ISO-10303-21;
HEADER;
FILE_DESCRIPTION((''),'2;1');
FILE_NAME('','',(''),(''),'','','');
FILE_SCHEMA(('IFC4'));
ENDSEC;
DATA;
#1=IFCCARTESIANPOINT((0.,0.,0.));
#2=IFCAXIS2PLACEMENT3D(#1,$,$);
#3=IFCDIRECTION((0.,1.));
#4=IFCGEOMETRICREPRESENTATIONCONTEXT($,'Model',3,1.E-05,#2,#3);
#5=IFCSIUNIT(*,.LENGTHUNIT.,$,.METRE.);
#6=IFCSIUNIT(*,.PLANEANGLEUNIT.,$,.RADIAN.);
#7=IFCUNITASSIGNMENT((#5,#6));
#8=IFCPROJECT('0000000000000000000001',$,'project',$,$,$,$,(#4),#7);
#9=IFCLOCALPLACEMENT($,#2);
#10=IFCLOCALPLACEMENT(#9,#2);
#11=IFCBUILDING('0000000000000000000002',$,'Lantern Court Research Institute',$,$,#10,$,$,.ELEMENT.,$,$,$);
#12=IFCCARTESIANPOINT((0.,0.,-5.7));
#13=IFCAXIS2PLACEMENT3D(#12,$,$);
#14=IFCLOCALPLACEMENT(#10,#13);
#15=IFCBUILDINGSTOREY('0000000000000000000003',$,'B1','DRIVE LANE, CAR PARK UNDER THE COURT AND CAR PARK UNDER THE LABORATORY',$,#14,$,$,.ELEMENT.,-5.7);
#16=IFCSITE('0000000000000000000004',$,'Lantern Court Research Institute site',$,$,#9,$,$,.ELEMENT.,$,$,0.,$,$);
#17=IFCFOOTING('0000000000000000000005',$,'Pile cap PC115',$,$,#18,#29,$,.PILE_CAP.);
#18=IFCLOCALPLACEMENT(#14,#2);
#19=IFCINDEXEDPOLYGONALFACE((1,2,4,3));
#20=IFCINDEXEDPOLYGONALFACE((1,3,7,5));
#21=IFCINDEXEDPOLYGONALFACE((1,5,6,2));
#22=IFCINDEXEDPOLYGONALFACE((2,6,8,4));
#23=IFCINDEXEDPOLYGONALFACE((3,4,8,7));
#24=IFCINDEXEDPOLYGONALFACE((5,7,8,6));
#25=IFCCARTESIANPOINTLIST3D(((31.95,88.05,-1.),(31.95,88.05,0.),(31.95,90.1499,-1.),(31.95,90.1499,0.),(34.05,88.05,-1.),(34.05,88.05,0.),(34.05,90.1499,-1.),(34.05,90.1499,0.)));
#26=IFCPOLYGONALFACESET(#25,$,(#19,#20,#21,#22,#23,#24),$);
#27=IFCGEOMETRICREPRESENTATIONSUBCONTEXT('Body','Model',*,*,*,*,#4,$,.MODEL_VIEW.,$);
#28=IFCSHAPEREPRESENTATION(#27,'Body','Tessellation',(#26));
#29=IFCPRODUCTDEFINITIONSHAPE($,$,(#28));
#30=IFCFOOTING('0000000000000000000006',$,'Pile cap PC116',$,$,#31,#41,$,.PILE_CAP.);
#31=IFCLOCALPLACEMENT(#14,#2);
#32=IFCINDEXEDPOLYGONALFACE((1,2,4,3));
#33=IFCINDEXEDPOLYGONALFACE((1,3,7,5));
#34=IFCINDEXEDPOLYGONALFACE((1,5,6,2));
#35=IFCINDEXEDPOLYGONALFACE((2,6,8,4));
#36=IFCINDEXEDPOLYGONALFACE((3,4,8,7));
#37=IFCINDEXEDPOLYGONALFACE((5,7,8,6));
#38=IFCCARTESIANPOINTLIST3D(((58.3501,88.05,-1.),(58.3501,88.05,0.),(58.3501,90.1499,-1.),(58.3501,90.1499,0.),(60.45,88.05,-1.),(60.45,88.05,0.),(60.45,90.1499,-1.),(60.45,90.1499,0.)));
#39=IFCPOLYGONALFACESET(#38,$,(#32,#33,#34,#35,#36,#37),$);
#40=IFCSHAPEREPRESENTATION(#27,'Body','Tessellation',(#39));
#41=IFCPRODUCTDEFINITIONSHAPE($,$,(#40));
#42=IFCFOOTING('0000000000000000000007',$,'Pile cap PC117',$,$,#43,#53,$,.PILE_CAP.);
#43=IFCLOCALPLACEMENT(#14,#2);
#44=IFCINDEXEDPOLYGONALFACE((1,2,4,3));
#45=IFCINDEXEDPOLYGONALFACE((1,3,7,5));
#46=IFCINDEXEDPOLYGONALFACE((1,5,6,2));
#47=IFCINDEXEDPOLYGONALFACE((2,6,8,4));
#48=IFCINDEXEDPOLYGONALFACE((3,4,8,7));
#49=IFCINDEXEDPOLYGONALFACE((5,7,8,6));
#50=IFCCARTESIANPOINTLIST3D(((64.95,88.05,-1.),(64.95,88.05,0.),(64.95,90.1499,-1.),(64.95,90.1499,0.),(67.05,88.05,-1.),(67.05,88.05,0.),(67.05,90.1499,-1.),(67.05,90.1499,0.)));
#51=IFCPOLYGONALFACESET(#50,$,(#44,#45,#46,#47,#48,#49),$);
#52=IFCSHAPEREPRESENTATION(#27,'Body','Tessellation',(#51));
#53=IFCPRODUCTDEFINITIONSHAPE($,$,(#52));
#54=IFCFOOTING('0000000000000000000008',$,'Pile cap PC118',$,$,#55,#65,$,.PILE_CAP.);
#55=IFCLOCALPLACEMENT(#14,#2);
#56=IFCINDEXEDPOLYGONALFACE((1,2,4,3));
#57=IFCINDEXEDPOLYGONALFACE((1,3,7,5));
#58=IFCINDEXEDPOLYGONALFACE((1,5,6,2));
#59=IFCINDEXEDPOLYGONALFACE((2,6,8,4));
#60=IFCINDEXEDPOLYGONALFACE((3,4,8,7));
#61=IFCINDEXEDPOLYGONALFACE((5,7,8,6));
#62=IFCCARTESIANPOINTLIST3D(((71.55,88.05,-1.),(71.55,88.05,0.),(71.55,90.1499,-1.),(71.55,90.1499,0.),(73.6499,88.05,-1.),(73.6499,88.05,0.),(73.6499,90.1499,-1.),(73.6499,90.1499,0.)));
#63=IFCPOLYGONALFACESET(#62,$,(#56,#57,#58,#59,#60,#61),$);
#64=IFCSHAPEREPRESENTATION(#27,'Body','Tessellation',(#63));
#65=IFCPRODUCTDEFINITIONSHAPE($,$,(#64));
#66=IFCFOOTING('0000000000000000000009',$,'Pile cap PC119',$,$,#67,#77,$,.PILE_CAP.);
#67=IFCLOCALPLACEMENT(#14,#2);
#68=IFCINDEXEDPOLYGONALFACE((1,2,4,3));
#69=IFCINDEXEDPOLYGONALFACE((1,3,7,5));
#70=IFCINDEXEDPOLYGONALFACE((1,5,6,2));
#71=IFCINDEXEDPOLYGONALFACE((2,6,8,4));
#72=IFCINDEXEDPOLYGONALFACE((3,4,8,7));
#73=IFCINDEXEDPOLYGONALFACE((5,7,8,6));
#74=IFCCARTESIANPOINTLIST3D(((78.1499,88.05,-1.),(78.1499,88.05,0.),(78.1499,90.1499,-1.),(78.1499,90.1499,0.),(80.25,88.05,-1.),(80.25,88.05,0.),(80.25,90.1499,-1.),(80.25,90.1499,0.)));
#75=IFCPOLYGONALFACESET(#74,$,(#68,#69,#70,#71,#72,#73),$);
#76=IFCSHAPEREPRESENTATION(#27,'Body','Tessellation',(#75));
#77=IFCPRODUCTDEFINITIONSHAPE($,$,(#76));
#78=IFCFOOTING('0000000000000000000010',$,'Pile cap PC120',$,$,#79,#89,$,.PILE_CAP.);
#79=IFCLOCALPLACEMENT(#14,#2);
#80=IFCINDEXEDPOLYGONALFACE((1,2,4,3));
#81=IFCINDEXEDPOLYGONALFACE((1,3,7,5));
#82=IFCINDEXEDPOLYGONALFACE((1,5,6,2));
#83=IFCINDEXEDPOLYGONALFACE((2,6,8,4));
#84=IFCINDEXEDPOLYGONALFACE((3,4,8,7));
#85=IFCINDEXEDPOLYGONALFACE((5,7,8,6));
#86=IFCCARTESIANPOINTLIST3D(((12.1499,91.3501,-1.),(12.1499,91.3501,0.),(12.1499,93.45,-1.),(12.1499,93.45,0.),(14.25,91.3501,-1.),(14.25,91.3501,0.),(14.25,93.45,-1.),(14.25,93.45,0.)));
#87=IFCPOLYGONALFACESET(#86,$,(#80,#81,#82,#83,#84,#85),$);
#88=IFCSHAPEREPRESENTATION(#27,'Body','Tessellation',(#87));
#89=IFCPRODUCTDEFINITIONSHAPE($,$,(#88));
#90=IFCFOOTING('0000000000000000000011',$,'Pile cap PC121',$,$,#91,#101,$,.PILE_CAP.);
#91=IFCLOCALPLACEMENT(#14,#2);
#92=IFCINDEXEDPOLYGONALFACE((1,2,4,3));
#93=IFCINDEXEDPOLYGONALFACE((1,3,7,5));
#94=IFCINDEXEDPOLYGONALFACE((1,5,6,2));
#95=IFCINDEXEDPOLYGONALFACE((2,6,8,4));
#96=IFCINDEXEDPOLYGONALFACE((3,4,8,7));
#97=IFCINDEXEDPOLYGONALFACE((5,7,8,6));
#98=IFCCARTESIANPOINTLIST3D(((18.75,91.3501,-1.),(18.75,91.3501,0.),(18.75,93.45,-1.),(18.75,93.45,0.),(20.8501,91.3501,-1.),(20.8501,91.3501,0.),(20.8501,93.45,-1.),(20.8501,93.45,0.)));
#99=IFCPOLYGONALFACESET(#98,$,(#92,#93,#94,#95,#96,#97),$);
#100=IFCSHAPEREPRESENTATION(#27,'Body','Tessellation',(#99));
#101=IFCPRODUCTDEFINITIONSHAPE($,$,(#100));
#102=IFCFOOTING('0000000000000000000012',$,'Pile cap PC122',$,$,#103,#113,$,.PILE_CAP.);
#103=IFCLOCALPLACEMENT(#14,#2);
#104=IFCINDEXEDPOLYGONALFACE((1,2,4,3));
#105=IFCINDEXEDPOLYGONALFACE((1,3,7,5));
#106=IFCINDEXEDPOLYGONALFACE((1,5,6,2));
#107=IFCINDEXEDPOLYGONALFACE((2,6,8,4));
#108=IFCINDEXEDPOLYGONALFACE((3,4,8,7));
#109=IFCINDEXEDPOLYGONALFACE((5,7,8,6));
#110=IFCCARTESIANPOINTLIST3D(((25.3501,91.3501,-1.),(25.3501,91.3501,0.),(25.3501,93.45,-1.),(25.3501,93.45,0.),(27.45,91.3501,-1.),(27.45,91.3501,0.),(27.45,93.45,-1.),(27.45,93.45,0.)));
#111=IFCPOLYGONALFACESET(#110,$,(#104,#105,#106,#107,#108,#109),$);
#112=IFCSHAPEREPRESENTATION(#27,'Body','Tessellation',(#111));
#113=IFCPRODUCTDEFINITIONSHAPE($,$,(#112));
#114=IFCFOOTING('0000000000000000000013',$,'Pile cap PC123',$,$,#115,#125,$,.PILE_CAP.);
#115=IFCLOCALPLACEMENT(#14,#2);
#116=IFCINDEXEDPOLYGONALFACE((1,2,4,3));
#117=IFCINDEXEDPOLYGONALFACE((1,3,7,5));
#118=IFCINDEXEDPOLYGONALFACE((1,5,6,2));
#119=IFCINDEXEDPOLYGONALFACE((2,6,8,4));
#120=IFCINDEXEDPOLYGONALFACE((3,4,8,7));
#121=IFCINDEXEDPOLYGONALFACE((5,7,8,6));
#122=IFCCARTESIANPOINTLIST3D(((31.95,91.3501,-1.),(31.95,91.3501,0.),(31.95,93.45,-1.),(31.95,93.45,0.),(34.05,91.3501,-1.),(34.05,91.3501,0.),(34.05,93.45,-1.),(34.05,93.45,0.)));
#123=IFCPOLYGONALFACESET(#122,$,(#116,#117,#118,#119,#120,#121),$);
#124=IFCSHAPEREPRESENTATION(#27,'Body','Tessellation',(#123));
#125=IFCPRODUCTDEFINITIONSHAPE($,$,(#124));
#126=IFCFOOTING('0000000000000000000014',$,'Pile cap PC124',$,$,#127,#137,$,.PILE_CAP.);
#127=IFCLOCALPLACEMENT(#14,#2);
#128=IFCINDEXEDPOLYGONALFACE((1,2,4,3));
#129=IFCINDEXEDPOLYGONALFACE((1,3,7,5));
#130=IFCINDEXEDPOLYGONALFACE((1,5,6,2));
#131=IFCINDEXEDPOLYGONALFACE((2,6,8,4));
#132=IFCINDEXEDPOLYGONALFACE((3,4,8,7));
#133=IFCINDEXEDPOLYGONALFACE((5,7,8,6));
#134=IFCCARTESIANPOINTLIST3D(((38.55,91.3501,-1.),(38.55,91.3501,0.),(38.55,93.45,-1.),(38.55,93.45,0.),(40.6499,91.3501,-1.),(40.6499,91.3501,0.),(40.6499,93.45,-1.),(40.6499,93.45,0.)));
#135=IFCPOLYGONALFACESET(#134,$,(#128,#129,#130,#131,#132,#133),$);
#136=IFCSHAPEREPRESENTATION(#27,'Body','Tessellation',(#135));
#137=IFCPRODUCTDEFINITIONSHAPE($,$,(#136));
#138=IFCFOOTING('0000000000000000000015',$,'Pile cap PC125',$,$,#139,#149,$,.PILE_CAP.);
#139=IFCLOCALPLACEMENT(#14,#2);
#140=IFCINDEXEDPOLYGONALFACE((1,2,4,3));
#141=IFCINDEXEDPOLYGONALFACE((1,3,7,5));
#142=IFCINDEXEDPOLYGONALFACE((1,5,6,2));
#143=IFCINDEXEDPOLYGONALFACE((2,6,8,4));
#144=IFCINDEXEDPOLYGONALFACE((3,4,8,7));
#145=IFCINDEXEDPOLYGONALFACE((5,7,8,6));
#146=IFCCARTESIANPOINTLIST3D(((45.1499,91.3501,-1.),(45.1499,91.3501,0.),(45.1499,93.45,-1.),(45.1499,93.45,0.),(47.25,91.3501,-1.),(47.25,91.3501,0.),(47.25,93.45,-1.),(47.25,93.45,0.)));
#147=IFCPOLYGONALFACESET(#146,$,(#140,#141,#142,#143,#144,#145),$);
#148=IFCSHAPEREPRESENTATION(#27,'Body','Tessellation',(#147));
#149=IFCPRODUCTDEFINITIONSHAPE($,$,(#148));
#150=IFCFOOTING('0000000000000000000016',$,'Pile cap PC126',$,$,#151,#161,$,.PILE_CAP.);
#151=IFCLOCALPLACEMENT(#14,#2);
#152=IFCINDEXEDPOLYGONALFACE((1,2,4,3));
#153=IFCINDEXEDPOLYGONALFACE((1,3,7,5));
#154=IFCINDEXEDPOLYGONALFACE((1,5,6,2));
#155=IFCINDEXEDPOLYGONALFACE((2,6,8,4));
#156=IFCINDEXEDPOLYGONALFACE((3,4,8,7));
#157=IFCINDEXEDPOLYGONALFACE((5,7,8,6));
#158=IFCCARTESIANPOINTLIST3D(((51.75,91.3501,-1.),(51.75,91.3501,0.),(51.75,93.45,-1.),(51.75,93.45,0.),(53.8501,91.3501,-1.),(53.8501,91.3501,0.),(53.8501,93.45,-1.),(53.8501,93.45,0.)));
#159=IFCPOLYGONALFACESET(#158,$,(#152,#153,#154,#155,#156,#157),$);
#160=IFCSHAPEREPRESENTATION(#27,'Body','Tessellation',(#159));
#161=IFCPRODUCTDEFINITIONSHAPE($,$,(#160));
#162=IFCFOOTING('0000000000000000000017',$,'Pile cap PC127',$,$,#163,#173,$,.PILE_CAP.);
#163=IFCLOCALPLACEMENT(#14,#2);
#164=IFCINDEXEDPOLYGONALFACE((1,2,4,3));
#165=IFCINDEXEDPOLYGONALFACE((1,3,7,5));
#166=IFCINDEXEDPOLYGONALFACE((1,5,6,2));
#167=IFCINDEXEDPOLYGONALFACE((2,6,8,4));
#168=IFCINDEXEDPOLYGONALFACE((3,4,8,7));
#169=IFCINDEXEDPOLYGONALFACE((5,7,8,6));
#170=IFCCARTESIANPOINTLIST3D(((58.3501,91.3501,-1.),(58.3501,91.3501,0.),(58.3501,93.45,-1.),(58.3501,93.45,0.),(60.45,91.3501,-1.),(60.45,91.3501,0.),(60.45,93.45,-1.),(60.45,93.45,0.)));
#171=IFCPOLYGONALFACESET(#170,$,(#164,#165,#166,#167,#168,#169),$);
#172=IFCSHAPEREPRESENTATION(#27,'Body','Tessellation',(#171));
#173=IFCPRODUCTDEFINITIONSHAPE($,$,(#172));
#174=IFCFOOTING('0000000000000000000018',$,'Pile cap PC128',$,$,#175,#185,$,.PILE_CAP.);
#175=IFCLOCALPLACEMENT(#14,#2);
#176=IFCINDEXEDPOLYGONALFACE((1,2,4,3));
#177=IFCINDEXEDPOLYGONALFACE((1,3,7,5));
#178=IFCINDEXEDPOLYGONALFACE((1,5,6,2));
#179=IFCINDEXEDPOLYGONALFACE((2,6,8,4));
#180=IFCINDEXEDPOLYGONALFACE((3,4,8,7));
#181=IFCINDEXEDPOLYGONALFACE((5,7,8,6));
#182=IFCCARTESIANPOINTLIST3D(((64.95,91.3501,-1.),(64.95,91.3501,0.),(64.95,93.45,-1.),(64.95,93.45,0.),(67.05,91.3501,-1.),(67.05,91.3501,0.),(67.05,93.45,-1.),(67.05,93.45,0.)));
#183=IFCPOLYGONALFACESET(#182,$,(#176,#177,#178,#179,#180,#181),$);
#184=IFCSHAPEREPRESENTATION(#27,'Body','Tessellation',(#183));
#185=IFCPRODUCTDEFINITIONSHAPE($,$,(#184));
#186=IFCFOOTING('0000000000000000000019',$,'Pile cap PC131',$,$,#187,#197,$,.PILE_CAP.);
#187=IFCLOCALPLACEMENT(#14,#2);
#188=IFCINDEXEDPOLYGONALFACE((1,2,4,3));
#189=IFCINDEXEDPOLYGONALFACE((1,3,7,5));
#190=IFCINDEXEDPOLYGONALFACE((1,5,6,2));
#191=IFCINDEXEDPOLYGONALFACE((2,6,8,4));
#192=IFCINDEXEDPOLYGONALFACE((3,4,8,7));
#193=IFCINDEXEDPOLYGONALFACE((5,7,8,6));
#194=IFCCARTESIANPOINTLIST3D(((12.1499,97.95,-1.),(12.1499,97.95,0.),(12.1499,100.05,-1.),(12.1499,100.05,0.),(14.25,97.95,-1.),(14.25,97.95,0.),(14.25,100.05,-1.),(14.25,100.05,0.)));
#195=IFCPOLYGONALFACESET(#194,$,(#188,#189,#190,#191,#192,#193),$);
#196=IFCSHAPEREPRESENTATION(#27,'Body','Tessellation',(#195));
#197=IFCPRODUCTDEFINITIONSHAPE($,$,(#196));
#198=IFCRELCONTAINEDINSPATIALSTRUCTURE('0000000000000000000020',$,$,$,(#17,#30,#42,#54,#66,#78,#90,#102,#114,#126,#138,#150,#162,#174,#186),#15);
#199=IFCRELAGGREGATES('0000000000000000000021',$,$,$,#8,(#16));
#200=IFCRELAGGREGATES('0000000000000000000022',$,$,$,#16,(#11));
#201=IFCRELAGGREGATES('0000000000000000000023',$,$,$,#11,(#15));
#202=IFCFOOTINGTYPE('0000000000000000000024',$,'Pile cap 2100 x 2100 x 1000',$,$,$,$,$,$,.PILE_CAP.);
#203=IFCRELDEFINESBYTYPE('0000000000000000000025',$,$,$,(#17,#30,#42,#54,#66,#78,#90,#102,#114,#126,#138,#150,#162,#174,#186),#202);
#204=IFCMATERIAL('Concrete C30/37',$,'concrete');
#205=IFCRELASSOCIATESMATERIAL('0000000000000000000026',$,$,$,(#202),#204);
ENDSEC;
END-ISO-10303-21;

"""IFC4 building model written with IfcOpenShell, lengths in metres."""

from ifc_helpers import new_model, si_unit, direction, frame, origin, place, context, subcontext, project, spatial, polyline, outline, extrude, material, type_object, element, save


model = new_model("IFC4")

# Units and contexts
model_context = context("Model", 3, precision=1e-05, world=origin(), true_north=direction((0.0, 1.0)))
body_context = subcontext(model_context, "Body", "Model", "MODEL_VIEW")
ifc_project = project(units=[si_unit("LENGTHUNIT", "METRE"), si_unit("PLANEANGLEUNIT", "RADIAN")], contexts=[model_context])

# Site, building, storey
site_placement = place(None, origin())
site = spatial("IfcSite", under=ifc_project, at=site_placement, Name="Lantern Court Research Institute site", CompositionType="ELEMENT", RefElevation=0.0)
building_placement = place(site_placement, origin())
building = spatial("IfcBuilding", under=site, at=building_placement, Name="Lantern Court Research Institute", CompositionType="ELEMENT")
storey_placement = place(building_placement, frame((0.0, 0.0, -5.7)))
storey = spatial("IfcBuildingStorey", under=building, at=storey_placement, Name="B1", Description="DRIVE LANE, CAR PARK UNDER THE COURT AND CAR PARK UNDER THE LABORATORY", CompositionType="ELEMENT", Elevation=-5.7)

# Footings
ifc_material = material(Name="Concrete C30/37", Category="concrete")
footing_type = type_object("IfcFootingType", Name="Pile cap 2100 x 2100 x 1000", PredefinedType="PILE_CAP", material=ifc_material)
footing_1_placement = place(storey_placement, frame((0.0, 0.0, -1.0)))
element("IfcFooting", 1, at=footing_1_placement, inside=storey, type_object=footing_type, Name="Pile cap PC115", PredefinedType="PILE_CAP", context=body_context, shape_type="SweptSolid", body=[
    extrude(outline(polyline([(31.95, 88.05), (34.05, 88.05), (34.05, 90.1499), (31.95, 90.1499), (31.95, 88.05)])), origin(), (0.0, 0.0, 1.0), 1.0),
])
footing_2_placement = place(storey_placement, frame((0.0, 0.0, -1.0)))
element("IfcFooting", 2, at=footing_2_placement, inside=storey, type_object=footing_type, Name="Pile cap PC116", PredefinedType="PILE_CAP", context=body_context, shape_type="SweptSolid", body=[
    extrude(outline(polyline([(58.3501, 88.05), (60.45, 88.05), (60.45, 90.1499), (58.3501, 90.1499), (58.3501, 88.05)])), origin(), (0.0, 0.0, 1.0), 1.0),
])
footing_3_placement = place(storey_placement, frame((0.0, 0.0, -1.0)))
element("IfcFooting", 3, at=footing_3_placement, inside=storey, type_object=footing_type, Name="Pile cap PC117", PredefinedType="PILE_CAP", context=body_context, shape_type="SweptSolid", body=[
    extrude(outline(polyline([(64.95, 88.05), (67.05, 88.05), (67.05, 90.1499), (64.95, 90.1499), (64.95, 88.05)])), origin(), (0.0, 0.0, 1.0), 1.0),
])
footing_4_placement = place(storey_placement, frame((0.0, 0.0, -1.0)))
element("IfcFooting", 4, at=footing_4_placement, inside=storey, type_object=footing_type, Name="Pile cap PC118", PredefinedType="PILE_CAP", context=body_context, shape_type="SweptSolid", body=[
    extrude(outline(polyline([(71.55, 88.05), (73.6499, 88.05), (73.6499, 90.1499), (71.55, 90.1499), (71.55, 88.05)])), origin(), (0.0, 0.0, 1.0), 1.0),
])
footing_5_placement = place(storey_placement, frame((0.0, 0.0, -1.0)))
element("IfcFooting", 5, at=footing_5_placement, inside=storey, type_object=footing_type, Name="Pile cap PC119", PredefinedType="PILE_CAP", context=body_context, shape_type="SweptSolid", body=[
    extrude(outline(polyline([(78.1499, 88.05), (80.25, 88.05), (80.25, 90.1499), (78.1499, 90.1499), (78.1499, 88.05)])), origin(), (0.0, 0.0, 1.0), 1.0),
])
footing_6_placement = place(storey_placement, frame((0.0, 0.0, -1.0)))
element("IfcFooting", 6, at=footing_6_placement, inside=storey, type_object=footing_type, Name="Pile cap PC120", PredefinedType="PILE_CAP", context=body_context, shape_type="SweptSolid", body=[
    extrude(outline(polyline([(12.1499, 91.3501), (14.25, 91.3501), (14.25, 93.45), (12.1499, 93.45), (12.1499, 91.3501)])), origin(), (0.0, 0.0, 1.0), 1.0),
])
footing_7_placement = place(storey_placement, frame((0.0, 0.0, -1.0)))
element("IfcFooting", 7, at=footing_7_placement, inside=storey, type_object=footing_type, Name="Pile cap PC121", PredefinedType="PILE_CAP", context=body_context, shape_type="SweptSolid", body=[
    extrude(outline(polyline([(18.75, 91.3501), (20.8501, 91.3501), (20.8501, 93.45), (18.75, 93.45), (18.75, 91.3501)])), origin(), (0.0, 0.0, 1.0), 1.0),
])
footing_8_placement = place(storey_placement, frame((0.0, 0.0, -1.0)))
element("IfcFooting", 8, at=footing_8_placement, inside=storey, type_object=footing_type, Name="Pile cap PC122", PredefinedType="PILE_CAP", context=body_context, shape_type="SweptSolid", body=[
    extrude(outline(polyline([(25.3501, 91.3501), (27.45, 91.3501), (27.45, 93.45), (25.3501, 93.45), (25.3501, 91.3501)])), origin(), (0.0, 0.0, 1.0), 1.0),
])
footing_9_placement = place(storey_placement, frame((0.0, 0.0, -1.0)))
element("IfcFooting", 9, at=footing_9_placement, inside=storey, type_object=footing_type, Name="Pile cap PC123", PredefinedType="PILE_CAP", context=body_context, shape_type="SweptSolid", body=[
    extrude(outline(polyline([(31.95, 91.3501), (34.05, 91.3501), (34.05, 93.45), (31.95, 93.45), (31.95, 91.3501)])), origin(), (0.0, 0.0, 1.0), 1.0),
])
footing_10_placement = place(storey_placement, frame((0.0, 0.0, -1.0)))
element("IfcFooting", 10, at=footing_10_placement, inside=storey, type_object=footing_type, Name="Pile cap PC124", PredefinedType="PILE_CAP", context=body_context, shape_type="SweptSolid", body=[
    extrude(outline(polyline([(38.55, 91.3501), (40.6499, 91.3501), (40.6499, 93.45), (38.55, 93.45), (38.55, 91.3501)])), origin(), (0.0, 0.0, 1.0), 1.0),
])
footing_11_placement = place(storey_placement, frame((0.0, 0.0, -1.0)))
element("IfcFooting", 11, at=footing_11_placement, inside=storey, type_object=footing_type, Name="Pile cap PC125", PredefinedType="PILE_CAP", context=body_context, shape_type="SweptSolid", body=[
    extrude(outline(polyline([(45.1499, 91.3501), (47.25, 91.3501), (47.25, 93.45), (45.1499, 93.45), (45.1499, 91.3501)])), origin(), (0.0, 0.0, 1.0), 1.0),
])
footing_12_placement = place(storey_placement, frame((0.0, 0.0, -1.0)))
element("IfcFooting", 12, at=footing_12_placement, inside=storey, type_object=footing_type, Name="Pile cap PC126", PredefinedType="PILE_CAP", context=body_context, shape_type="SweptSolid", body=[
    extrude(outline(polyline([(51.75, 91.3501), (53.8501, 91.3501), (53.8501, 93.45), (51.75, 93.45), (51.75, 91.3501)])), origin(), (0.0, 0.0, 1.0), 1.0),
])
footing_13_placement = place(storey_placement, frame((0.0, 0.0, -1.0)))
element("IfcFooting", 13, at=footing_13_placement, inside=storey, type_object=footing_type, Name="Pile cap PC127", PredefinedType="PILE_CAP", context=body_context, shape_type="SweptSolid", body=[
    extrude(outline(polyline([(58.3501, 91.3501), (60.45, 91.3501), (60.45, 93.45), (58.3501, 93.45), (58.3501, 91.3501)])), origin(), (0.0, 0.0, 1.0), 1.0),
])
footing_14_placement = place(storey_placement, frame((0.0, 0.0, -1.0)))
element("IfcFooting", 14, at=footing_14_placement, inside=storey, type_object=footing_type, Name="Pile cap PC128", PredefinedType="PILE_CAP", context=body_context, shape_type="SweptSolid", body=[
    extrude(outline(polyline([(64.95, 91.3501), (67.05, 91.3501), (67.05, 93.45), (64.95, 93.45), (64.95, 91.3501)])), origin(), (0.0, 0.0, 1.0), 1.0),
])
footing_15_placement = place(storey_placement, frame((0.0, 0.0, -1.0)))
element("IfcFooting", 15, at=footing_15_placement, inside=storey, type_object=footing_type, Name="Pile cap PC131", PredefinedType="PILE_CAP", context=body_context, shape_type="SweptSolid", body=[
    extrude(outline(polyline([(12.1499, 97.95), (14.25, 97.95), (14.25, 100.05), (12.1499, 100.05), (12.1499, 97.95)])), origin(), (0.0, 0.0, 1.0), 1.0),
])

save(model, "model.ifc")
